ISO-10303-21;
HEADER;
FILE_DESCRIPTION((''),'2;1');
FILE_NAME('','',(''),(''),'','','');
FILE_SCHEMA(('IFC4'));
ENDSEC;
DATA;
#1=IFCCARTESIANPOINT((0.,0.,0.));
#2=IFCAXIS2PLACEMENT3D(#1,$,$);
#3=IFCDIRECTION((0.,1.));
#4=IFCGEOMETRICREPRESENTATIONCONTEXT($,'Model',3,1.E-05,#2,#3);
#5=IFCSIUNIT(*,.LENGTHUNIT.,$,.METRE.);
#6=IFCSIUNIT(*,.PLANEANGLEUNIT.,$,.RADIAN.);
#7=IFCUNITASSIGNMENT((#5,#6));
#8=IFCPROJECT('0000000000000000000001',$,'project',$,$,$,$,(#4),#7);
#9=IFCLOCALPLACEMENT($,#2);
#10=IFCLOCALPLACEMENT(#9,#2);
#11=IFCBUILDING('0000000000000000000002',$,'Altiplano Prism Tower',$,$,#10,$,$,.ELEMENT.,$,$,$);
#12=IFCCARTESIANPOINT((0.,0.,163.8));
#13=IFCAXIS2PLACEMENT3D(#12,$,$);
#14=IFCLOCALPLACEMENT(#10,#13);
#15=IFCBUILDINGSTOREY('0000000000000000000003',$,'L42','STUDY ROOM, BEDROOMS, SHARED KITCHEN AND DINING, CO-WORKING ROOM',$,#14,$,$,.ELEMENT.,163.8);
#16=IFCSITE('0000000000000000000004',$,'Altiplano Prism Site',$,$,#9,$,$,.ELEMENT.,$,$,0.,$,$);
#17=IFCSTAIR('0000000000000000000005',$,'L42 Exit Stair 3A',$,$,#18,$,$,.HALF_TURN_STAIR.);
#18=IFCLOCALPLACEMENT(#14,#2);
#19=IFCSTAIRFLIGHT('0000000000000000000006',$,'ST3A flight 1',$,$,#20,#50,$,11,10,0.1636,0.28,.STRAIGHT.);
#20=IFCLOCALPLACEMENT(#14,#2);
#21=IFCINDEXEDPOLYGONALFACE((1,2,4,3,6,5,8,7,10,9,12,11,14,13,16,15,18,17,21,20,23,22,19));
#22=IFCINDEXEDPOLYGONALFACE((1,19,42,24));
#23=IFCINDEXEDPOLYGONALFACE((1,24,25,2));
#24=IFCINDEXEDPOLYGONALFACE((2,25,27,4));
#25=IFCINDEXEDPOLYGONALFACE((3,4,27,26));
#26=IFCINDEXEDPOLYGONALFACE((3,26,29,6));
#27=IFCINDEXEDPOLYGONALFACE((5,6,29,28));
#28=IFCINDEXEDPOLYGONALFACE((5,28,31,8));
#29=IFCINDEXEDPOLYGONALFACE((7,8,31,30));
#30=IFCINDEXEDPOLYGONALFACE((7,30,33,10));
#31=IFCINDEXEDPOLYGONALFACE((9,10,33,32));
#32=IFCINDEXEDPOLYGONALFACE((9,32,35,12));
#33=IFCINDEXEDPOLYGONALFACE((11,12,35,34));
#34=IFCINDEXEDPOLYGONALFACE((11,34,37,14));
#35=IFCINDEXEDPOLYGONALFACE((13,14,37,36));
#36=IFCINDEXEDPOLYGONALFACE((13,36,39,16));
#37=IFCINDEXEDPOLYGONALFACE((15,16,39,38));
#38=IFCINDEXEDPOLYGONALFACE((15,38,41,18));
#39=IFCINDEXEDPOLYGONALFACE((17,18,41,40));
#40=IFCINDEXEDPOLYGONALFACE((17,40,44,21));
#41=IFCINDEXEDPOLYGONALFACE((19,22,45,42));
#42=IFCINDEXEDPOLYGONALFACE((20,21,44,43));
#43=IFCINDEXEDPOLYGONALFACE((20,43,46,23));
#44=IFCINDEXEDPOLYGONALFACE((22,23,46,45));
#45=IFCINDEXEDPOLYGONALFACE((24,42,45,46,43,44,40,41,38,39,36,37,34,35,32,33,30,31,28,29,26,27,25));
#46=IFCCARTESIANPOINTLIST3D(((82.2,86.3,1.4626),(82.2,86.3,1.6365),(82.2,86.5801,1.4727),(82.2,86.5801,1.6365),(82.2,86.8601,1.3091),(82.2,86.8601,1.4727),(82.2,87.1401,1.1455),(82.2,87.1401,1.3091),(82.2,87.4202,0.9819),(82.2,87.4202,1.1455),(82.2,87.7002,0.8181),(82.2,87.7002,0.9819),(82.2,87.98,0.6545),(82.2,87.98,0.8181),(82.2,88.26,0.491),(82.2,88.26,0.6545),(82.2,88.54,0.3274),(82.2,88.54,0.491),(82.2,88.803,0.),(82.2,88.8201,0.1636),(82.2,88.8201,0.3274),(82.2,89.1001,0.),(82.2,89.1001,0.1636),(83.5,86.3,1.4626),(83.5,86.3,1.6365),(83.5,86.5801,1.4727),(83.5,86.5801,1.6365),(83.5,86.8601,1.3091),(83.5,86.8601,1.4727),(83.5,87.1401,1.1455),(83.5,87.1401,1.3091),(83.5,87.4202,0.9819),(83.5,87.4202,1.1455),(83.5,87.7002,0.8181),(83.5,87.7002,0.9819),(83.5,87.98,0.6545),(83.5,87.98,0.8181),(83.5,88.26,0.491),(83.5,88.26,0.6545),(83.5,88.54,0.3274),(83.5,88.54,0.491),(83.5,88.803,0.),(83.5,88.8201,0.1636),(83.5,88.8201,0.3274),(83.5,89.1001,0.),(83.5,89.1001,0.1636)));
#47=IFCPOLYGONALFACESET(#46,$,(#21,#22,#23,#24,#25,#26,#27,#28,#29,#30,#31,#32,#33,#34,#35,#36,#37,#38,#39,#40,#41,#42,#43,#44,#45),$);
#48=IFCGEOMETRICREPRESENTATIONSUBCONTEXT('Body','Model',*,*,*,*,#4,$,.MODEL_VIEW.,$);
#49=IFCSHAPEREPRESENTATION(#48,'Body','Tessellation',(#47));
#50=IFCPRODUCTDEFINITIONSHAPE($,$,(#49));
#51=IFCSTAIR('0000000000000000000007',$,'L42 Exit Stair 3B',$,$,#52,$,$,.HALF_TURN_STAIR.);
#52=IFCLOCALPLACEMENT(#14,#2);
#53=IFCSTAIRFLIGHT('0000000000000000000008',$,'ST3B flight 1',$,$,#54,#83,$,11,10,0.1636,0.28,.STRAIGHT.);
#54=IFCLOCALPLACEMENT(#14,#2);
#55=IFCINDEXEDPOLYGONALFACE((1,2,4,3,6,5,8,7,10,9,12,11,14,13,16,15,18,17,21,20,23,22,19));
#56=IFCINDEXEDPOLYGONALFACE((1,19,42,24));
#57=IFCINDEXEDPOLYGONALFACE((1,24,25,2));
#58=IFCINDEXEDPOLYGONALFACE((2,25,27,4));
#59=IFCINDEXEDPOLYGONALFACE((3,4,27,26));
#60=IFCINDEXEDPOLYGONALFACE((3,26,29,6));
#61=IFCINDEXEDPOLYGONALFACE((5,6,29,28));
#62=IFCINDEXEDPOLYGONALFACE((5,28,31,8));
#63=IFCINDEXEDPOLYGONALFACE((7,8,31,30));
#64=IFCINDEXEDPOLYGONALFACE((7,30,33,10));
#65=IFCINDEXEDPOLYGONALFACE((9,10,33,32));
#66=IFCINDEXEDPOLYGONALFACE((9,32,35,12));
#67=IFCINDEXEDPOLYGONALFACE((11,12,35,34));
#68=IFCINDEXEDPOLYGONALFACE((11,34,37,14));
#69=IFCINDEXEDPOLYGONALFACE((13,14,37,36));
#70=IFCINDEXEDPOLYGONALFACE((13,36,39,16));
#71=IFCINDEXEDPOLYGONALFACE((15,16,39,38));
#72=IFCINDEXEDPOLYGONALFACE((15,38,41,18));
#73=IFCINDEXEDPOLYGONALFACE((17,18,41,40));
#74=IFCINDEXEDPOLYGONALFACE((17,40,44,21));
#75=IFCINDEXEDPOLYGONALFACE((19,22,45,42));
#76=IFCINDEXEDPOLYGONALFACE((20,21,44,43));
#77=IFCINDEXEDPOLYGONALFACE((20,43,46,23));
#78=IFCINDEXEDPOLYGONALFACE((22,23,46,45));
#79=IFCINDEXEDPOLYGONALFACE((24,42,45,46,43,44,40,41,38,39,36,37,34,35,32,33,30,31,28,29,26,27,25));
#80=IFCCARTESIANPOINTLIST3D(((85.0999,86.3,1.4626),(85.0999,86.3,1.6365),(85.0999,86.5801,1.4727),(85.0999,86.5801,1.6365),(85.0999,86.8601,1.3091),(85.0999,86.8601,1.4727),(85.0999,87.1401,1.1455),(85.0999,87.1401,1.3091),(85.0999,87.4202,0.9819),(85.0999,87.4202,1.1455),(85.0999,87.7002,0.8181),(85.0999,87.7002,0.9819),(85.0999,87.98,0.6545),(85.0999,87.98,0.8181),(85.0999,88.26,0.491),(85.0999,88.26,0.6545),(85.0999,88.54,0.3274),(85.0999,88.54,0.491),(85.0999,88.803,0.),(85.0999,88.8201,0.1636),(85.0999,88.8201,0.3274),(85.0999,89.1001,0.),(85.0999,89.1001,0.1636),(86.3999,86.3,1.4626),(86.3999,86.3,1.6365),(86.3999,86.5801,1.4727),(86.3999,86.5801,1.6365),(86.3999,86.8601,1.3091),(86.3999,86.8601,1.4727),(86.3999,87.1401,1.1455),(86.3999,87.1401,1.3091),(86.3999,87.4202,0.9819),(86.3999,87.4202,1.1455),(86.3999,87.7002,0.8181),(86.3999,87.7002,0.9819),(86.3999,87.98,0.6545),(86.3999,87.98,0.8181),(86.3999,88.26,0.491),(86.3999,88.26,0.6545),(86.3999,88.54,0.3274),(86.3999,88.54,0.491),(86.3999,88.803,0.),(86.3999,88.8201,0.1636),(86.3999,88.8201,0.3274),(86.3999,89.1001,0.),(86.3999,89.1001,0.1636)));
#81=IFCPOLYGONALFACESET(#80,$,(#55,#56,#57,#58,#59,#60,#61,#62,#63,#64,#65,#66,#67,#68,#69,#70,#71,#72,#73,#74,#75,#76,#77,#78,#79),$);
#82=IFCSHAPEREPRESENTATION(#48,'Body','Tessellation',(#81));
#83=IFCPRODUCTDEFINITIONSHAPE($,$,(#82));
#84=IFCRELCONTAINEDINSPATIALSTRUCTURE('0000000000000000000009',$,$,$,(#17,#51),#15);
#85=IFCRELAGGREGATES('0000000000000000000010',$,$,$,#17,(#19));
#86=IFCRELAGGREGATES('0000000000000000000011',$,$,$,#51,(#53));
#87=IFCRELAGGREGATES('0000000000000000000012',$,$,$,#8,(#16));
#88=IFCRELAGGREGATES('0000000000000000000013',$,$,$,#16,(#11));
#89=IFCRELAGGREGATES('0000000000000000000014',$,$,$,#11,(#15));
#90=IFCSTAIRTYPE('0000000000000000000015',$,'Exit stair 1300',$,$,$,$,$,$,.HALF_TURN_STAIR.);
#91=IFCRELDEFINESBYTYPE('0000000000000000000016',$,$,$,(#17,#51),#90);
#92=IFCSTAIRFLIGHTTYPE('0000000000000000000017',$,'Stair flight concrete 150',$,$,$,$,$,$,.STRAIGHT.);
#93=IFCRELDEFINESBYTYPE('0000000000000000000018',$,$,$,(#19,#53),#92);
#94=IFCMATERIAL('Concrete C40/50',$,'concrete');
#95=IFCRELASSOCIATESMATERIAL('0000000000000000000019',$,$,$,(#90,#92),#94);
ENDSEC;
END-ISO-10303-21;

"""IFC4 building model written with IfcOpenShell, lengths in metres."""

from ifc_helpers import new_model, si_unit, direction, frame, origin, place, context, subcontext, project, spatial, polyline, outline, extrude, material, type_object, element, aggregate, save


model = new_model("IFC4")

# Units and contexts
model_context = context("Model", 3, precision=1e-05, world=origin(), true_north=direction((0.0, 1.0)))
body_context = subcontext(model_context, "Body", "Model", "MODEL_VIEW")
ifc_project = project(units=[si_unit("LENGTHUNIT", "METRE"), si_unit("PLANEANGLEUNIT", "RADIAN")], contexts=[model_context])

# Site, building, storey
site_placement = place(None, origin())
site = spatial("IfcSite", under=ifc_project, at=site_placement, Name="Altiplano Prism Site", CompositionType="ELEMENT", RefElevation=0.0)
building_placement = place(site_placement, origin())
building = spatial("IfcBuilding", under=site, at=building_placement, Name="Altiplano Prism Tower", CompositionType="ELEMENT")
storey_placement = place(building_placement, frame((0.0, 0.0, 163.8)))
storey = spatial("IfcBuildingStorey", under=building, at=storey_placement, Name="L42", Description="STUDY ROOM, BEDROOMS, SHARED KITCHEN AND DINING, CO-WORKING ROOM", CompositionType="ELEMENT", Elevation=163.8)

# Stairs, stair flights
ifc_material_1 = material(Name="Concrete C40/50", Category="concrete")
stair_type = type_object("IfcStairType", Name="Exit stair 1300", PredefinedType="HALF_TURN_STAIR", material=ifc_material_1)
stair_1_placement = place(storey_placement, origin())
stair_1 = element("IfcStair", 1, at=stair_1_placement, inside=storey, type_object=stair_type, Name="L42 Exit Stair 3A", PredefinedType="HALF_TURN_STAIR")
stair_flight_type = type_object("IfcStairFlightType", Name="Stair flight concrete 150", PredefinedType="STRAIGHT", material=ifc_material_1)
stair_flight_1_placement = place(storey_placement, frame((82.8501, 89.1001, 0.0), z_axis=(0.0, 0.0, 1.0), x_axis=(0.0, -1.0, 0.0)))
stair_flight_1 = element("IfcStairFlight", 2, at=stair_flight_1_placement, type_object=stair_flight_type, Name="ST3A flight 1", NumberOfRisers=11, NumberOfTreads=10, PredefinedType="STRAIGHT", RiserHeight=0.1636, TreadLength=0.28, context=body_context, shape_type="SweptSolid", body=[
    extrude(outline(polyline([(0.0, 0.0), (0.0, 0.1636), (0.28, 0.1636), (0.28, 0.3274), (0.5601, 0.3274), (0.5601, 0.491), (0.8401, 0.491), (0.8401, 0.6545), (1.1201, 0.6545), (1.1201, 0.8181), (1.3999, 0.8181), (1.3999, 0.9819), (1.6799, 0.9819), (1.6799, 1.1455), (1.96, 1.1455), (1.96, 1.3091), (2.24, 1.3091), (2.24, 1.4727), (2.52, 1.4727), (2.52, 1.6365), (2.8, 1.6365), (2.8, 1.8), (2.8, 1.4626), (0.2971, 0.0), (0.0, 0.0)])), frame((0.0, 0.6499, 0.0), z_axis=(0.0, -1.0, 0.0), x_axis=(1.0, 0.0, 0.0)), (0.0, 0.0, 1.0), 1.3),
])
aggregate(stair_1, [stair_flight_1])
stair_2_placement = place(storey_placement, origin())
stair_2 = element("IfcStair", 3, at=stair_2_placement, inside=storey, type_object=stair_type, Name="L42 Exit Stair 3B", PredefinedType="HALF_TURN_STAIR")
stair_flight_2_placement = place(storey_placement, frame((85.75, 89.1001, 0.0), z_axis=(0.0, 0.0, 1.0), x_axis=(0.0, -1.0, 0.0)))
stair_flight_2 = element("IfcStairFlight", 4, at=stair_flight_2_placement, type_object=stair_flight_type, Name="ST3B flight 1", NumberOfRisers=11, NumberOfTreads=10, PredefinedType="STRAIGHT", RiserHeight=0.1636, TreadLength=0.28, context=body_context, shape_type="SweptSolid", body=[
    extrude(outline(polyline([(0.0, 0.0), (0.0, 0.1636), (0.28, 0.1636), (0.28, 0.3274), (0.5601, 0.3274), (0.5601, 0.491), (0.8401, 0.491), (0.8401, 0.6545), (1.1201, 0.6545), (1.1201, 0.8181), (1.3999, 0.8181), (1.3999, 0.9819), (1.6799, 0.9819), (1.6799, 1.1455), (1.96, 1.1455), (1.96, 1.3091), (2.24, 1.3091), (2.24, 1.4727), (2.52, 1.4727), (2.52, 1.6365), (2.8, 1.6365), (2.8, 1.8), (2.8, 1.4626), (0.2971, 0.0), (0.0, 0.0)])), frame((0.0, 0.6499, 0.0), z_axis=(0.0, -1.0, 0.0), x_axis=(1.0, 0.0, 0.0)), (0.0, 0.0, 1.0), 1.3),
])
aggregate(stair_2, [stair_flight_2])

save(model, "model.ifc")
